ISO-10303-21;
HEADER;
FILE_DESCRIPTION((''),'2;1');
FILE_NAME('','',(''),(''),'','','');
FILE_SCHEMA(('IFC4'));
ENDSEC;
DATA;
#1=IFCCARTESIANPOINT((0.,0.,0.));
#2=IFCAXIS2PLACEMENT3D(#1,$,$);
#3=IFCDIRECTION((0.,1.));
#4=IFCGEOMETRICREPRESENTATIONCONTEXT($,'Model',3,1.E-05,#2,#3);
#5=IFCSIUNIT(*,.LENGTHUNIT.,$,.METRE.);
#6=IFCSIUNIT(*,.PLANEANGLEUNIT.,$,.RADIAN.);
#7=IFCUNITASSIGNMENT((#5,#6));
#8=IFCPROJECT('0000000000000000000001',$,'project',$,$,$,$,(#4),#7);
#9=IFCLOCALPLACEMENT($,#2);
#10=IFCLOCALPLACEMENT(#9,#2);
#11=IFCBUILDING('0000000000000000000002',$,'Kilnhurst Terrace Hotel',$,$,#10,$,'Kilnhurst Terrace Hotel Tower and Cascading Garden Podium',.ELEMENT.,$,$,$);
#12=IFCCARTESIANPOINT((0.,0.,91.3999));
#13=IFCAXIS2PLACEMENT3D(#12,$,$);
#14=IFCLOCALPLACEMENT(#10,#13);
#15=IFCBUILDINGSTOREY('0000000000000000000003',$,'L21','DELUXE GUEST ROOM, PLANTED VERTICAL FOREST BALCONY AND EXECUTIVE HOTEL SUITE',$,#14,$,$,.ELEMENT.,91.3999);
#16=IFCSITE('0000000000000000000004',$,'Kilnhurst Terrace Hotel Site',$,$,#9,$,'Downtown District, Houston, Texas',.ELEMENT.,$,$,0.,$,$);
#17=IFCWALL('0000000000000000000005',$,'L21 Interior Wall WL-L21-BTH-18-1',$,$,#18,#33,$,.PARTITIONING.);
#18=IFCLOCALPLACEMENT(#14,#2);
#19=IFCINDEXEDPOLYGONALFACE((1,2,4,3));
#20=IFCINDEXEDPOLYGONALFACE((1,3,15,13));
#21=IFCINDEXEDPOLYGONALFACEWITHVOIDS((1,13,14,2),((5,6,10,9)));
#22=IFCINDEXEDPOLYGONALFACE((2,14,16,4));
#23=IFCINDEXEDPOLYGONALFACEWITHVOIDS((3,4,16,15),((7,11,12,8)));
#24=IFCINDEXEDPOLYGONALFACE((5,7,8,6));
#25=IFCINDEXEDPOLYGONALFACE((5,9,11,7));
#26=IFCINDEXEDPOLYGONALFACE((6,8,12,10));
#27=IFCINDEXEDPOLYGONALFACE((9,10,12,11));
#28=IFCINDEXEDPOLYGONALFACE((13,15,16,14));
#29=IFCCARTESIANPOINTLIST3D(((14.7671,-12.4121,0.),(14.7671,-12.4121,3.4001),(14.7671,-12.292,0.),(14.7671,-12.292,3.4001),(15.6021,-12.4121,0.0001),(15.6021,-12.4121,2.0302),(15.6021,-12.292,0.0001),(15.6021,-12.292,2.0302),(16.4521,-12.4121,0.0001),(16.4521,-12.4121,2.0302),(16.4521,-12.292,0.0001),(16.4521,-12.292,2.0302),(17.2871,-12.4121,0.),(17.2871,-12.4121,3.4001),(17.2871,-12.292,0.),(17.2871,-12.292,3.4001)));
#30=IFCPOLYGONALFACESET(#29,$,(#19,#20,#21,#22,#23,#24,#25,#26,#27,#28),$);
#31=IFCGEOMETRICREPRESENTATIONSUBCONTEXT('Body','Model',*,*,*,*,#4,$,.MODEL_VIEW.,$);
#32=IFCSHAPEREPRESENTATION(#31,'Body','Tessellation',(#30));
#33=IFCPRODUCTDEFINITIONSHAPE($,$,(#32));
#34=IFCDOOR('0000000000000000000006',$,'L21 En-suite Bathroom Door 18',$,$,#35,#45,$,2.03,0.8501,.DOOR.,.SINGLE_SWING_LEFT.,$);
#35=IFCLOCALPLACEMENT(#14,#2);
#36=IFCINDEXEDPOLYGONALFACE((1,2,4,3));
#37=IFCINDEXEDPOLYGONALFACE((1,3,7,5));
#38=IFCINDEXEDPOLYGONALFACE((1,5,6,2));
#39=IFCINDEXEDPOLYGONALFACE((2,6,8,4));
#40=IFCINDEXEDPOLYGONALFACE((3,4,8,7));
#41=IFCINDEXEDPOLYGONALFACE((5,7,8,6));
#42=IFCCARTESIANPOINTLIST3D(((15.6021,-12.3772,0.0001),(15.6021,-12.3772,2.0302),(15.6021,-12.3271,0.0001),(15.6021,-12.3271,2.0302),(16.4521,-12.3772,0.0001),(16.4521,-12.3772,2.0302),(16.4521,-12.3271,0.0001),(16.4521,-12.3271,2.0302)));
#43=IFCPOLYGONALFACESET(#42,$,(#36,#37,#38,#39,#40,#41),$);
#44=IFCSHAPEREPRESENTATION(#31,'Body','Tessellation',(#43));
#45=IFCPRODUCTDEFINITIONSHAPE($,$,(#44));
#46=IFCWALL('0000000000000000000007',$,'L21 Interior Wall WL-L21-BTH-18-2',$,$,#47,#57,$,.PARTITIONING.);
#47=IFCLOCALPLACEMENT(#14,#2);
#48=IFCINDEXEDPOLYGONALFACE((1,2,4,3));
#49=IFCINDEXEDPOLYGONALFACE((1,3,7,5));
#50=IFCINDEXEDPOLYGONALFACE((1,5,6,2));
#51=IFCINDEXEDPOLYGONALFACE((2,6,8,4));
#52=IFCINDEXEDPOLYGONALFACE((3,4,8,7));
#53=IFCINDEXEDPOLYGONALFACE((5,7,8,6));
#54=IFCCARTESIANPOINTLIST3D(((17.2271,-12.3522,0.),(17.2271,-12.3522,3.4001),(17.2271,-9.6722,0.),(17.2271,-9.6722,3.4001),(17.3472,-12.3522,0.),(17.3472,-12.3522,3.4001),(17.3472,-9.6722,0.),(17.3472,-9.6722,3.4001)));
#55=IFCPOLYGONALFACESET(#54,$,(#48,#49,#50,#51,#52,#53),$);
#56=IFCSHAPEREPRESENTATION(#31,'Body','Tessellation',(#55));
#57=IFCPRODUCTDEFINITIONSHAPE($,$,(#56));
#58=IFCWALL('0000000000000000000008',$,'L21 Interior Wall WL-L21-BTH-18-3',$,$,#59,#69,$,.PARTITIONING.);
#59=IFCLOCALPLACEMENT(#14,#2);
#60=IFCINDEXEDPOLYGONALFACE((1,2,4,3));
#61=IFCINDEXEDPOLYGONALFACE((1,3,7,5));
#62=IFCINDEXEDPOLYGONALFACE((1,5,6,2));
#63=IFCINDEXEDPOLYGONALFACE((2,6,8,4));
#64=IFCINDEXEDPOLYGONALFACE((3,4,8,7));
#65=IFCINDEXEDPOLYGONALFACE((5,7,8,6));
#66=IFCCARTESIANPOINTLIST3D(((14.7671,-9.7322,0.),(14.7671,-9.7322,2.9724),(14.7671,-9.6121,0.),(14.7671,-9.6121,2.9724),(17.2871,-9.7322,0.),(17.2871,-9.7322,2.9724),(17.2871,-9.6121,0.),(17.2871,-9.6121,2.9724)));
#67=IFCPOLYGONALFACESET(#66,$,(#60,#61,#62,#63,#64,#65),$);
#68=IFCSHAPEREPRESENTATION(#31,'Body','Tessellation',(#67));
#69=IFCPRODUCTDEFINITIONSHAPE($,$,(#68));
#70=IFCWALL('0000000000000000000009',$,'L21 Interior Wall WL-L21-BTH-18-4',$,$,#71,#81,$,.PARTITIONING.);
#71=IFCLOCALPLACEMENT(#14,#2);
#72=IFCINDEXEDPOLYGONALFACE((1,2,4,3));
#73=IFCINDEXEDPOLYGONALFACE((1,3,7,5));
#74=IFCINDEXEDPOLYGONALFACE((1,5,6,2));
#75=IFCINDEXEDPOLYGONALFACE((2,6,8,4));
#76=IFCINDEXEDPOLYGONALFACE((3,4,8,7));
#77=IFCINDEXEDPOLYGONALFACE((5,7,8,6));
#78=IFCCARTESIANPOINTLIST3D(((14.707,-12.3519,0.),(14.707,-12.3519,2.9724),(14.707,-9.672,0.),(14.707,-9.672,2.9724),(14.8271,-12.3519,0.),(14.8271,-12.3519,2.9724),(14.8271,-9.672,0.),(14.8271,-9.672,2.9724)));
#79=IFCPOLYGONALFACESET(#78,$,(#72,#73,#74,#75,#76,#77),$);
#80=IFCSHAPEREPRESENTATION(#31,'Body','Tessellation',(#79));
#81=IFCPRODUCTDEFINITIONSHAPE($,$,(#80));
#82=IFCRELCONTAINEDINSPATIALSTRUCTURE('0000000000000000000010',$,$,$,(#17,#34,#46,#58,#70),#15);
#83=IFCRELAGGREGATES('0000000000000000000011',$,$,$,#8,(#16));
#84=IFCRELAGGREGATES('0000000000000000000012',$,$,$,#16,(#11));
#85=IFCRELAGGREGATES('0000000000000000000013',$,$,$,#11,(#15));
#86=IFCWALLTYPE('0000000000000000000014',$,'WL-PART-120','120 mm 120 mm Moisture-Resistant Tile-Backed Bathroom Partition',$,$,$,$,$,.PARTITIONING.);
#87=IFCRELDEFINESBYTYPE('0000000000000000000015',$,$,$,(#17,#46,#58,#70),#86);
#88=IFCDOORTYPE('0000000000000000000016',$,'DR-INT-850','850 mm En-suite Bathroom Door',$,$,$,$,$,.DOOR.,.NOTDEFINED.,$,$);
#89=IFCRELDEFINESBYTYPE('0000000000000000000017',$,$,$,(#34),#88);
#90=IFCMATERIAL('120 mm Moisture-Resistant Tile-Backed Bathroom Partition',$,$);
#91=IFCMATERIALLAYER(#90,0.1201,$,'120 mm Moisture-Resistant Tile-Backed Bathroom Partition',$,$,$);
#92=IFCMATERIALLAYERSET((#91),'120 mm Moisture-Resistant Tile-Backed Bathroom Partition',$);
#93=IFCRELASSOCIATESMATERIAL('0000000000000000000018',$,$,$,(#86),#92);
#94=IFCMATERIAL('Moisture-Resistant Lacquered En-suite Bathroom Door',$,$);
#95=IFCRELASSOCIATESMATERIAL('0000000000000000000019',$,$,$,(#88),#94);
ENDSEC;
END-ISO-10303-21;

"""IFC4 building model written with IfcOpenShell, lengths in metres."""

from ifc_helpers import new_model, si_unit, direction, frame, frame_2d, origin, place, context, subcontext, project, spatial, rectangle, extrude, material, layer, layer_set, type_object, element, fill, save


model = new_model("IFC4")

# Units and contexts
model_context = context("Model", 3, precision=1e-05, world=origin(), true_north=direction((0.0, 1.0)))
body_context = subcontext(model_context, "Body", "Model", "MODEL_VIEW")
ifc_project = project(units=[si_unit("LENGTHUNIT", "METRE"), si_unit("PLANEANGLEUNIT", "RADIAN")], contexts=[model_context])

# Site, building, storey
site_placement = place(None, origin())
site = spatial("IfcSite", under=ifc_project, at=site_placement, Name="Kilnhurst Terrace Hotel Site", LongName="Downtown District, Houston, Texas", CompositionType="ELEMENT", RefElevation=0.0)
building_placement = place(site_placement, origin())
building = spatial("IfcBuilding", under=site, at=building_placement, Name="Kilnhurst Terrace Hotel", LongName="Kilnhurst Terrace Hotel Tower and Cascading Garden Podium", CompositionType="ELEMENT")
storey_placement = place(building_placement, frame((0.0, 0.0, 91.3999)))
storey = spatial("IfcBuildingStorey", under=building, at=storey_placement, Name="L21", Description="DELUXE GUEST ROOM, PLANTED VERTICAL FOREST BALCONY AND EXECUTIVE HOTEL SUITE", CompositionType="ELEMENT", Elevation=91.3999)

# Shared definitions
ifc_material_1 = material(Name="120 mm Moisture-Resistant Tile-Backed Bathroom Partition")
ifc_layer_1 = layer(ifc_material_1, 0.1201, Name="120 mm Moisture-Resistant Tile-Backed Bathroom Partition")
ifc_layer_set_1 = layer_set([ifc_layer_1], Name="120 mm Moisture-Resistant Tile-Backed Bathroom Partition")
wall_type_1 = type_object("IfcWallType", Name="WL-PART-120", Description="120 mm 120 mm Moisture-Resistant Tile-Backed Bathroom Partition", PredefinedType="PARTITIONING", material=ifc_layer_set_1)

# Wall, opening, door
wall_1_placement = place(storey_placement, frame((14.7671, -12.3521, 0.0), z_axis=(0.0, 0.0, 1.0), x_axis=(1.0, 0.0, 0.0)))
wall_1 = element("IfcWall", 1, at=wall_1_placement, inside=storey, type_object=wall_type_1, Name="L21 Interior Wall WL-L21-BTH-18-1", PredefinedType="PARTITIONING", context=body_context, shape_type="SweptSolid", body=[
    extrude(rectangle(XDim=2.52, YDim=0.1201, at=frame_2d((1.26, 0.0))), origin(), (0.0, 0.0, 1.0), 3.4001),
])
opening_1_placement = place(wall_1_placement, frame((0.835, 0.0, 0.0)))
opening_1 = element("IfcOpeningElement", 2, at=opening_1_placement, cuts=wall_1, PredefinedType="OPENING", context=body_context, shape_type="SweptSolid", body=[
    extrude(rectangle(XDim=0.8501, YDim=2.03, at=frame_2d((0.425, 1.0151))), frame((0.0, 0.0701, 0.0), z_axis=(0.0, -1.0, 0.0), x_axis=(1.0, 0.0, 0.0)), (0.0, 0.0, 1.0), 0.1401),
])
ifc_material_2 = material(Name="Moisture-Resistant Lacquered En-suite Bathroom Door")
door_type_1 = type_object("IfcDoorType", Name="DR-INT-850", Description="850 mm En-suite Bathroom Door", OperationType="NOTDEFINED", PredefinedType="DOOR", material=ifc_material_2)
door_1_placement = place(opening_1_placement, origin())
door_1 = element("IfcDoor", 3, at=door_1_placement, inside=storey, type_object=door_type_1, Name="L21 En-suite Bathroom Door 18", OperationType="SINGLE_SWING_LEFT", OverallHeight=2.03, OverallWidth=0.8501, PredefinedType="DOOR", context=body_context, shape_type="SweptSolid", body=[
    extrude(rectangle(XDim=0.8501, YDim=2.03, at=frame_2d((0.425, 1.0151))), frame((0.0, 0.0249, 0.0), z_axis=(0.0, -1.0, 0.0), x_axis=(1.0, 0.0, 0.0)), (0.0, 0.0, 1.0), 0.05),
])
fill(opening_1, door_1)

# Walls
wall_2_placement = place(storey_placement, frame((17.2871, -12.3521, 0.0), z_axis=(0.0, 0.0, 1.0), x_axis=(0.0, 1.0, 0.0)))
element("IfcWall", 4, at=wall_2_placement, inside=storey, type_object=wall_type_1, Name="L21 Interior Wall WL-L21-BTH-18-2", PredefinedType="PARTITIONING", context=body_context, shape_type="SweptSolid", body=[
    extrude(rectangle(XDim=2.6799, YDim=0.1201, at=frame_2d((1.3398, 0.0))), origin(), (0.0, 0.0, 1.0), 3.4001),
])
wall_3_placement = place(storey_placement, frame((17.2871, -9.6721, 0.0), z_axis=(0.0, 0.0, 1.0), x_axis=(-1.0, 0.0, 0.0)))
element("IfcWall", 5, at=wall_3_placement, inside=storey, type_object=wall_type_1, Name="L21 Interior Wall WL-L21-BTH-18-3", PredefinedType="PARTITIONING", context=body_context, shape_type="SweptSolid", body=[
    extrude(rectangle(XDim=2.52, YDim=0.1201, at=frame_2d((1.26, 0.0))), origin(), (0.0, 0.0, 1.0), 2.9724),
])
wall_4_placement = place(storey_placement, frame((14.7671, -9.6721, 0.0), z_axis=(0.0, 0.0, 1.0), x_axis=(0.0, -1.0, 0.0)))
element("IfcWall", 6, at=wall_4_placement, inside=storey, type_object=wall_type_1, Name="L21 Interior Wall WL-L21-BTH-18-4", PredefinedType="PARTITIONING", context=body_context, shape_type="SweptSolid", body=[
    extrude(rectangle(XDim=2.6799, YDim=0.1201, at=frame_2d((1.3398, 0.0))), origin(), (0.0, 0.0, 1.0), 2.9724),
])

save(model, "model.ifc")
